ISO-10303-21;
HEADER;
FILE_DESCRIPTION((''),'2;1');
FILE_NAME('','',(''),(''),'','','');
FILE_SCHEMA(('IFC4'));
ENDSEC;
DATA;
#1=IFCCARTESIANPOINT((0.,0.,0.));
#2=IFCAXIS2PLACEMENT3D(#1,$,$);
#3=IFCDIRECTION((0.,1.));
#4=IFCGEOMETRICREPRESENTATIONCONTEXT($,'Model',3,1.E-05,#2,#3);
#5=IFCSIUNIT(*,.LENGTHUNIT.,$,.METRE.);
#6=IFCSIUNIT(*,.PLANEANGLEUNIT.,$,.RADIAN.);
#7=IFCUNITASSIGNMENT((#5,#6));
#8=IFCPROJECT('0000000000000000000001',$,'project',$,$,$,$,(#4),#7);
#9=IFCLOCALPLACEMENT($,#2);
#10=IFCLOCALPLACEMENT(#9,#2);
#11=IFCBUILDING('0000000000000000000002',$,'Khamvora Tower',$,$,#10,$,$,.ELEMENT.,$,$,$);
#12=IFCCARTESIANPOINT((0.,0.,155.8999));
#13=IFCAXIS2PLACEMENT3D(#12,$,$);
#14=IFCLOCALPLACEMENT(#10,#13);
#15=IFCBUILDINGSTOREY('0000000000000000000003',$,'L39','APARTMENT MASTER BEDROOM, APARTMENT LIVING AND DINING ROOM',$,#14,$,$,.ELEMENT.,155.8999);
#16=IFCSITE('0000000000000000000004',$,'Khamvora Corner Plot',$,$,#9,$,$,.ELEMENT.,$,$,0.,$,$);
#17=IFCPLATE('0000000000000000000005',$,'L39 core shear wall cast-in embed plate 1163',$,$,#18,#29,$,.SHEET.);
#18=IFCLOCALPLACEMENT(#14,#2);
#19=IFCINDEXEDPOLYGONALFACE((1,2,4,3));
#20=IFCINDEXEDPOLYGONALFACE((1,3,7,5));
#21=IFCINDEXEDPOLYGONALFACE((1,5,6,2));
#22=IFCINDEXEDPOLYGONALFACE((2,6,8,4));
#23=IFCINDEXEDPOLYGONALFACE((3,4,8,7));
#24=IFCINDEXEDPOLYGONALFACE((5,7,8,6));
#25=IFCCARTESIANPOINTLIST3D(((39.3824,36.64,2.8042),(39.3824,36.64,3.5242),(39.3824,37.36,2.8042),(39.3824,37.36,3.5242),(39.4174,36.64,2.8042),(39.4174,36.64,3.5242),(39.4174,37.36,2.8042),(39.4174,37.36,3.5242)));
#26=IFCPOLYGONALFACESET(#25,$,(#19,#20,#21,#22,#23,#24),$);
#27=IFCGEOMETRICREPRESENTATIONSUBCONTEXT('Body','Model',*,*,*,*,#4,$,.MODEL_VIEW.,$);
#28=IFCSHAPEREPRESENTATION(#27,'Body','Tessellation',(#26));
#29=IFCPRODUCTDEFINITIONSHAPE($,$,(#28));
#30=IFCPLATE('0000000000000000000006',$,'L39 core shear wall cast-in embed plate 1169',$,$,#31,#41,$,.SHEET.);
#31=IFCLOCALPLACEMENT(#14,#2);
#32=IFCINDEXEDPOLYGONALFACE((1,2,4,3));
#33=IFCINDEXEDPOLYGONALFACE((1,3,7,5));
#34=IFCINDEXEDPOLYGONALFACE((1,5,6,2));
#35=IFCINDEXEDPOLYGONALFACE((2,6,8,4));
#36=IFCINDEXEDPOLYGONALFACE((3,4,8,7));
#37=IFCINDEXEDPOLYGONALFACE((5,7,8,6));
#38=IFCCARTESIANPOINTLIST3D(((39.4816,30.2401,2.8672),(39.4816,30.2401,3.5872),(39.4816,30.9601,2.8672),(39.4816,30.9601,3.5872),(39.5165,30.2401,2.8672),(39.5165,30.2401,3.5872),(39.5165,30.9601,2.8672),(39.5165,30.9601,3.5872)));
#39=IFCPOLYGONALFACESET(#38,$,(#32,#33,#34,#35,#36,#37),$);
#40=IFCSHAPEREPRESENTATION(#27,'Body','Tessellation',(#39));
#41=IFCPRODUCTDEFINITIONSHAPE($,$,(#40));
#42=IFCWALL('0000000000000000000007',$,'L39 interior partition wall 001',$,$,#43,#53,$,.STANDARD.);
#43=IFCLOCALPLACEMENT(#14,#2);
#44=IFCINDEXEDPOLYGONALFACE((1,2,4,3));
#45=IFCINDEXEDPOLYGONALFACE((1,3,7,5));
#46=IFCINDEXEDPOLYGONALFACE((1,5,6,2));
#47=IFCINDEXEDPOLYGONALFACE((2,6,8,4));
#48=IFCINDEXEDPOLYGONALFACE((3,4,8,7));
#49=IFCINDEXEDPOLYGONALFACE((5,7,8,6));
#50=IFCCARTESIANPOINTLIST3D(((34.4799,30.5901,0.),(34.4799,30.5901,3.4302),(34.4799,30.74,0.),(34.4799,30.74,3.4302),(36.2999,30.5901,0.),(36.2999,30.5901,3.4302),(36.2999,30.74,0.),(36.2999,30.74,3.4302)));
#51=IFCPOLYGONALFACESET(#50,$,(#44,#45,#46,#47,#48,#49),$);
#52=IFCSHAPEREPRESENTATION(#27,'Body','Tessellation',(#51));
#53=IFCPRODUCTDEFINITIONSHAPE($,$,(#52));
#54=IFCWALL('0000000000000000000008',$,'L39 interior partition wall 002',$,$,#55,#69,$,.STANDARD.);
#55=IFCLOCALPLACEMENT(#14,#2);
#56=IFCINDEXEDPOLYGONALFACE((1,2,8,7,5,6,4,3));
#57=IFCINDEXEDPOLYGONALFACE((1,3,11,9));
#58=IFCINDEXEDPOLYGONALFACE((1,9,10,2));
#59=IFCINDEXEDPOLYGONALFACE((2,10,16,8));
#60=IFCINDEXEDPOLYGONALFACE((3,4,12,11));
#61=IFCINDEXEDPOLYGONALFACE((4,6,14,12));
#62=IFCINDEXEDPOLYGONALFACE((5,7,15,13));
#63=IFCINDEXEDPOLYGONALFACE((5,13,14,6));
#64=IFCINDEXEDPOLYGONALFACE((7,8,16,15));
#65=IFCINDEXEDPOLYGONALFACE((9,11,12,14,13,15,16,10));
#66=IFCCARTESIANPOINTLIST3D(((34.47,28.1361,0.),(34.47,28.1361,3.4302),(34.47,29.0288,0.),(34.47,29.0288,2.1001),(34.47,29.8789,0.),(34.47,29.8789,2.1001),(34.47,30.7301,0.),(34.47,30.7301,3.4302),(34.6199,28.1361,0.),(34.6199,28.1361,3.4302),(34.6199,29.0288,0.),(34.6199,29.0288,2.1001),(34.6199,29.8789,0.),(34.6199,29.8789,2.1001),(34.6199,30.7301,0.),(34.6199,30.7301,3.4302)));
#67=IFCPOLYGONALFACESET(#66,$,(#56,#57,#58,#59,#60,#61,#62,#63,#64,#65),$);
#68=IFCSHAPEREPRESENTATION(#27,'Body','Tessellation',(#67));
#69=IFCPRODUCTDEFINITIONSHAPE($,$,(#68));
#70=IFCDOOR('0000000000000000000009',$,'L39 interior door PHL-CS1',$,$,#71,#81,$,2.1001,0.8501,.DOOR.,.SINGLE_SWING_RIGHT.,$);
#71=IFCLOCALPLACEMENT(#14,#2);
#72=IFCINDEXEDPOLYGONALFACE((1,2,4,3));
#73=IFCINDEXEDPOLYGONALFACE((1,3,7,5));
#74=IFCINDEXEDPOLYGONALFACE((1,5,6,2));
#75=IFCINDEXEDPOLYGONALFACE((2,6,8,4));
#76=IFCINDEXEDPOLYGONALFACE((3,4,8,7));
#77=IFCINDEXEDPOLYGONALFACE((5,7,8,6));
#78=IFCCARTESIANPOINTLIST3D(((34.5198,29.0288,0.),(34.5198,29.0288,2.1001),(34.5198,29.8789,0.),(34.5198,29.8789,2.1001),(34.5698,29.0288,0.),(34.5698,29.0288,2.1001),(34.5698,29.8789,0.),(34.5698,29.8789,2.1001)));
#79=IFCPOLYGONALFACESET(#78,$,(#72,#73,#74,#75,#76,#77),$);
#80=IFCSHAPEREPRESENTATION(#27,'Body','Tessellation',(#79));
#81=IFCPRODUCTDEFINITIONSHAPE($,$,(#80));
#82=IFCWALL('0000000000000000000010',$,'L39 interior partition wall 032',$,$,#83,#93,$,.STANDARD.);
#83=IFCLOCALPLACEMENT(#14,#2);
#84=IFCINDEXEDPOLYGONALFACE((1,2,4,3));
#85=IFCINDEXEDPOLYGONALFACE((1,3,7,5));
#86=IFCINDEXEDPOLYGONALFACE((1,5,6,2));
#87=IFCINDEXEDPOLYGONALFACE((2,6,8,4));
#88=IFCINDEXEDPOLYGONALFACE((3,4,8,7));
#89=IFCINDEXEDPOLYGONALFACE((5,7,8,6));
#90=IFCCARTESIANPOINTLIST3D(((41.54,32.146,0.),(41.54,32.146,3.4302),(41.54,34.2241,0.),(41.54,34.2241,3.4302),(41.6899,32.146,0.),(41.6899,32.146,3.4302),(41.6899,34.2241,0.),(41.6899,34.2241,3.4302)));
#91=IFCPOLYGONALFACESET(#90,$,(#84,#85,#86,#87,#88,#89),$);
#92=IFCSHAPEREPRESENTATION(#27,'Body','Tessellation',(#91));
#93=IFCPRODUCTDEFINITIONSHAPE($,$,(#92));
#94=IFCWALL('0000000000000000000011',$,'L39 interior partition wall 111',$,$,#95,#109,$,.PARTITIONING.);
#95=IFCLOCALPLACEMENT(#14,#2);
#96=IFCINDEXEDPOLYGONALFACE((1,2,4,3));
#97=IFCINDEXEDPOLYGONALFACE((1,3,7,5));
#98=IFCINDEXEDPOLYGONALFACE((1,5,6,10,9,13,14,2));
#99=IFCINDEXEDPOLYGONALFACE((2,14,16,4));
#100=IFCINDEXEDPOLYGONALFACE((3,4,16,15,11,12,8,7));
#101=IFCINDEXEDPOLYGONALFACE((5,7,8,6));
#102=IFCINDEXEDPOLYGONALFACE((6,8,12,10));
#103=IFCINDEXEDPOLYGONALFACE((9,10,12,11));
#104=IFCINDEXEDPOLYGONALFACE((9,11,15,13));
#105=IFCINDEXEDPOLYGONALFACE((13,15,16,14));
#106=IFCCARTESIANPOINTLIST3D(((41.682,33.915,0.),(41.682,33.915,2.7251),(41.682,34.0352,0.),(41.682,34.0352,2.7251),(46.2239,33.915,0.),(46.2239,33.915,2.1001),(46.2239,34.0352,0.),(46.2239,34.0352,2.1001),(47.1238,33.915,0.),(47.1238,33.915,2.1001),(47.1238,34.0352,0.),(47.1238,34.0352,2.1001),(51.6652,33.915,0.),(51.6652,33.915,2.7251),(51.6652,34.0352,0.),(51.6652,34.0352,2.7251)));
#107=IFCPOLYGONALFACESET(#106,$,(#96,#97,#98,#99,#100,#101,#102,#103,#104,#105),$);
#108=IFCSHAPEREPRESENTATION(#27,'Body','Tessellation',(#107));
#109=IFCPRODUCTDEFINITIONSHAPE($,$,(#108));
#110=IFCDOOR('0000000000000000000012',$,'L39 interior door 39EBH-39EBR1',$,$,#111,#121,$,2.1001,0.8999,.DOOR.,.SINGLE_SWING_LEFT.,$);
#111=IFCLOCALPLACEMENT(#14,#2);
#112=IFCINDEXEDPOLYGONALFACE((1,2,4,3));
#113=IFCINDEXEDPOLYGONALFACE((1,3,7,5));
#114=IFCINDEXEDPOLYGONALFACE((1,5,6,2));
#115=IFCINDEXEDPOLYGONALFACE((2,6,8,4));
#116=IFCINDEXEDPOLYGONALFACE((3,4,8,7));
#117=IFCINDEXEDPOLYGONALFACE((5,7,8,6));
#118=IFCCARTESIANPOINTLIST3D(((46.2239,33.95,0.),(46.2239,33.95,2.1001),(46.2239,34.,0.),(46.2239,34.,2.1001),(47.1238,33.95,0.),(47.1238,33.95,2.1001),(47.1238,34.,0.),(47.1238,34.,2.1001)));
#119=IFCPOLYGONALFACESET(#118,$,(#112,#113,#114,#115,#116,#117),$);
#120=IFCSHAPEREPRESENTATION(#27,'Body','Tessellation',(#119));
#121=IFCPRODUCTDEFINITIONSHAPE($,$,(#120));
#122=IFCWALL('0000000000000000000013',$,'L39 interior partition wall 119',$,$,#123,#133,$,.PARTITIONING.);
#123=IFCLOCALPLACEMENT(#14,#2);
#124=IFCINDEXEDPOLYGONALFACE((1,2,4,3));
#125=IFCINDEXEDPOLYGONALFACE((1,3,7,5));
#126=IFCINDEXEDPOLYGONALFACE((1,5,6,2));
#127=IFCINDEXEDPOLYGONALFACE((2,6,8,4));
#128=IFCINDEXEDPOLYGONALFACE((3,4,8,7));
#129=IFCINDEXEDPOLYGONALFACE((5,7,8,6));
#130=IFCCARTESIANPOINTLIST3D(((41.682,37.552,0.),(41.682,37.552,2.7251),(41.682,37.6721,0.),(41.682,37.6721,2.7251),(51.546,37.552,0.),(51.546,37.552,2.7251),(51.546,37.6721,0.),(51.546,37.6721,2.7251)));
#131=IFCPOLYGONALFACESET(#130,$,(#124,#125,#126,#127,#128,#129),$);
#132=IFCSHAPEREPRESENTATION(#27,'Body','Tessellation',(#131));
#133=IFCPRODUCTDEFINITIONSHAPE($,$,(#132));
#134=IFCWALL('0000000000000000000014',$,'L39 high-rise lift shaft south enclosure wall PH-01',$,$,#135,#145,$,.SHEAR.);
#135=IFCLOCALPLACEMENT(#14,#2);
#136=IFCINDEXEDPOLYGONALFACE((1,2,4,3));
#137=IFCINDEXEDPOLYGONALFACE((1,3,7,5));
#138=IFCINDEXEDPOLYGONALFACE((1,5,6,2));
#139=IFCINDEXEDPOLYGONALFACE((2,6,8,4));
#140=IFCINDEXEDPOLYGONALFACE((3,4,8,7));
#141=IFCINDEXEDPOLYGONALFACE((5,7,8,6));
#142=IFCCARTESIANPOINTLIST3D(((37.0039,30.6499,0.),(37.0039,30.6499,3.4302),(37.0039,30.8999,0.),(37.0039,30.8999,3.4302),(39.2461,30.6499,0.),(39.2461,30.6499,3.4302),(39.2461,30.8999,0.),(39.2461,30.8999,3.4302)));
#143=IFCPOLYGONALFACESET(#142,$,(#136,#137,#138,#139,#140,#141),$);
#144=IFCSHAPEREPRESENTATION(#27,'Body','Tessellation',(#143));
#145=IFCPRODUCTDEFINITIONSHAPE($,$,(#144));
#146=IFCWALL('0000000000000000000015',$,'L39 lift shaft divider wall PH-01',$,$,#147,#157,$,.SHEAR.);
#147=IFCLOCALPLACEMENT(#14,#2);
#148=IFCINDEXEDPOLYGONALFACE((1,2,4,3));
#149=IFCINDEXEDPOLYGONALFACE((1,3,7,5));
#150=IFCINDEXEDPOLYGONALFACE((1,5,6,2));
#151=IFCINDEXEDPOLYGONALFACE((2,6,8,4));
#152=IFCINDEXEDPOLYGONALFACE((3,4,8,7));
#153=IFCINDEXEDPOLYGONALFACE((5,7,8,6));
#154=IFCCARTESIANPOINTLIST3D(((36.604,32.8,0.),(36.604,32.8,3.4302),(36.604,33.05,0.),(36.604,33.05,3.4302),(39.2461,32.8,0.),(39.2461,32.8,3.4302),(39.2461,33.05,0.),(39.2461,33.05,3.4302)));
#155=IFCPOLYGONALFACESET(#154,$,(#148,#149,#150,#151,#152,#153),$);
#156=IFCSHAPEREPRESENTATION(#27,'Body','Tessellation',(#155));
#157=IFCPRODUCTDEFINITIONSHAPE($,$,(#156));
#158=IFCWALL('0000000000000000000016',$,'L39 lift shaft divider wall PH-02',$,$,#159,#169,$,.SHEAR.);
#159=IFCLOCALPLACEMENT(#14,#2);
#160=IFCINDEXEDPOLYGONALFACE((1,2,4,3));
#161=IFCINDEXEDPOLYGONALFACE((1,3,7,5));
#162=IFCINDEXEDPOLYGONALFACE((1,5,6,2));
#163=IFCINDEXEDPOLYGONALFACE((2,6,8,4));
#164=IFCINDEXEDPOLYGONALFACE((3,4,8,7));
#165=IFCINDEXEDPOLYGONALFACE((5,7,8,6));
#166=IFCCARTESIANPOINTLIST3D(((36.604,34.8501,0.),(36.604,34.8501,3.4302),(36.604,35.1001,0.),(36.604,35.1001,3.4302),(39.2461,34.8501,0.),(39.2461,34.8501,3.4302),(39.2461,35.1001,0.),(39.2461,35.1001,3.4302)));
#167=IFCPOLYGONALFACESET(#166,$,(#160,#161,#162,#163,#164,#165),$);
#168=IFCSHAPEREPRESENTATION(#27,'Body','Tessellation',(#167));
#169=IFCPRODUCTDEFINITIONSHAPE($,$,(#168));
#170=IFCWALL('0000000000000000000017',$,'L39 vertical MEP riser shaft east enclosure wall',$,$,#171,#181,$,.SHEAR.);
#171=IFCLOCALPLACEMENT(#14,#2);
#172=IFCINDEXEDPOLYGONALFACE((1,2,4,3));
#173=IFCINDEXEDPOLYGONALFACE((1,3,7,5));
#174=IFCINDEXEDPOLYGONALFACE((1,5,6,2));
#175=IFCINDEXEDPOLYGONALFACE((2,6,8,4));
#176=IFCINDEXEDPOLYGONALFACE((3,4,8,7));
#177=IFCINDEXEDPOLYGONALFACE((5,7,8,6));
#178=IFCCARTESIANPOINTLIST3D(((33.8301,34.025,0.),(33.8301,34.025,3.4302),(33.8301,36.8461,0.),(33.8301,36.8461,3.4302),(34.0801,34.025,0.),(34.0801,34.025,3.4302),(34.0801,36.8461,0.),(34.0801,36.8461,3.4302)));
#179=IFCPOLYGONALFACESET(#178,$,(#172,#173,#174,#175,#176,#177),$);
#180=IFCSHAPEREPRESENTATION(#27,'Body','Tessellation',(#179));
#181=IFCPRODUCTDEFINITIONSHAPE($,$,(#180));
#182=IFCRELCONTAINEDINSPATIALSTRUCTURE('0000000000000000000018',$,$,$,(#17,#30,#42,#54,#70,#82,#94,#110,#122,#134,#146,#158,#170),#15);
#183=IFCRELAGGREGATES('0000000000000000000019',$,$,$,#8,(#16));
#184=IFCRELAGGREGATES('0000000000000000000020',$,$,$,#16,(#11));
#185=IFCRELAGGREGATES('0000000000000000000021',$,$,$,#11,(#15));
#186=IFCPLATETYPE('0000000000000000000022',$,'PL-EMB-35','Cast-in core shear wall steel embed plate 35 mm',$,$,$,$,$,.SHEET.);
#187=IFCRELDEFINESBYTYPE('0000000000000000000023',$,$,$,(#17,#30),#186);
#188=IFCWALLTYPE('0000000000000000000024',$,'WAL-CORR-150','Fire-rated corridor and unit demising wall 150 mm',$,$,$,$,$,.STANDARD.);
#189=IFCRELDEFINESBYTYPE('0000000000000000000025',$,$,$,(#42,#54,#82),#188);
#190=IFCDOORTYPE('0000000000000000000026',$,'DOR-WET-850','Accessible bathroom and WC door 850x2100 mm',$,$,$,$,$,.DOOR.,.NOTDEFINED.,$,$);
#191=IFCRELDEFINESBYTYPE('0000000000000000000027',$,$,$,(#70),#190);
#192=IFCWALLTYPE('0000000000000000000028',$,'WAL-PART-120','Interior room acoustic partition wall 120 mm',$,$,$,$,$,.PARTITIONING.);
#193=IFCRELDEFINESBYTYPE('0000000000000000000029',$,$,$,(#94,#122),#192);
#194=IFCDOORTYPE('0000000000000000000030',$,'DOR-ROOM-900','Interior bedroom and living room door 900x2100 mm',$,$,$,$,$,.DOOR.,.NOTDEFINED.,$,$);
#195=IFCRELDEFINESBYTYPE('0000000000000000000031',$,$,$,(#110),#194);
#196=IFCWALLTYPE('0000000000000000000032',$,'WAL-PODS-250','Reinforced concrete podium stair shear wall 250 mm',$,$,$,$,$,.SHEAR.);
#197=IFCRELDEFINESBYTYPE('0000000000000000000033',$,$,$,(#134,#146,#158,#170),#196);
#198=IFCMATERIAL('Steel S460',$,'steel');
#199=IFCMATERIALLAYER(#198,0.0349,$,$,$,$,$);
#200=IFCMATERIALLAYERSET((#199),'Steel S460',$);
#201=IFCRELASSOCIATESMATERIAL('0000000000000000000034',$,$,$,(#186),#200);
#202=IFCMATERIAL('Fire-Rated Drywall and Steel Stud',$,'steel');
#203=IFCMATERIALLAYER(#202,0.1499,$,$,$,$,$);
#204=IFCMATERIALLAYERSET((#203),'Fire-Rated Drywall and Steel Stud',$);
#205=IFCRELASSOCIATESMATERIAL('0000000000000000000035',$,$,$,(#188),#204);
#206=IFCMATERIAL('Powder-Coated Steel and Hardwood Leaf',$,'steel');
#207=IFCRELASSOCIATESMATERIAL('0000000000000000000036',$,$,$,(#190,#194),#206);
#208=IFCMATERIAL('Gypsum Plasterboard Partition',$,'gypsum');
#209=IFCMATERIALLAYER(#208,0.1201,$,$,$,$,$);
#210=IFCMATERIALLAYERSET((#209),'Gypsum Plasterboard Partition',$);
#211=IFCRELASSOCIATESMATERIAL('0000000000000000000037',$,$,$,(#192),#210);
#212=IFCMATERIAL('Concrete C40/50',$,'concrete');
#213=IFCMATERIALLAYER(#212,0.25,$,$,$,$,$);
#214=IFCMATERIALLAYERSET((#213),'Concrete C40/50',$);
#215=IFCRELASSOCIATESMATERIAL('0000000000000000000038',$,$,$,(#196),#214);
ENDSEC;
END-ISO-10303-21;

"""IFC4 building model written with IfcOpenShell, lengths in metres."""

from ifc_helpers import new_model, si_unit, direction, frame, frame_2d, origin, origin_2d, place, context, subcontext, project, spatial, rectangle, extrude, material, layer, layer_set, type_object, element, fill, save


model = new_model("IFC4")

# Units and contexts
model_context = context("Model", 3, precision=1e-05, world=origin(), true_north=direction((0.0, 1.0)))
body_context = subcontext(model_context, "Body", "Model", "MODEL_VIEW")
ifc_project = project(units=[si_unit("LENGTHUNIT", "METRE"), si_unit("PLANEANGLEUNIT", "RADIAN")], contexts=[model_context])

# Site, building, storey
site_placement = place(None, origin())
site = spatial("IfcSite", under=ifc_project, at=site_placement, Name="Khamvora Corner Plot", CompositionType="ELEMENT", RefElevation=0.0)
building_placement = place(site_placement, origin())
building = spatial("IfcBuilding", under=site, at=building_placement, Name="Khamvora Tower", CompositionType="ELEMENT")
storey_placement = place(building_placement, frame((0.0, 0.0, 155.8999)))
storey = spatial("IfcBuildingStorey", under=building, at=storey_placement, Name="L39", Description="APARTMENT MASTER BEDROOM, APARTMENT LIVING AND DINING ROOM", CompositionType="ELEMENT", Elevation=155.8999)

# Shared definitions
ifc_material_1 = material(Name="Steel S460", Category="steel")

# Plates
ifc_layer_1 = layer(ifc_material_1, 0.0349)
ifc_layer_set_1 = layer_set([ifc_layer_1], Name="Steel S460")
plate_type = type_object("IfcPlateType", Name="PL-EMB-35", Description="Cast-in core shear wall steel embed plate 35 mm", PredefinedType="SHEET", material=ifc_layer_set_1)
for number, where, z_axis, x_axis, name in (
    (1, (39.3999, 37.0, 2.8042), (0.0, 0.0, 1.0), (1.0, 0.0, 0.0), "L39 core shear wall cast-in embed plate 1163"),
    (2, (39.499, 30.6001, 2.8672), (0.0, 0.0, 1.0), (1.0, 0.0, 0.0), "L39 core shear wall cast-in embed plate 1169"),
):
    element("IfcPlate", number, at=place(storey_placement, frame(where, z_axis=z_axis, x_axis=x_axis)), inside=storey, type_object=plate_type, Name=name, PredefinedType="SHEET", context=body_context, shape_type="SweptSolid", body=[
        extrude(rectangle(XDim=0.0349, YDim=0.72, at=origin_2d()), origin(), (0.0, 0.0, 1.0), 0.72),
    ])

# Shared definitions
ifc_material_2 = material(Name="Powder-Coated Steel and Hardwood Leaf", Category="steel")

# Wall
ifc_material_3 = material(Name="Fire-Rated Drywall and Steel Stud", Category="steel")
ifc_layer_2 = layer(ifc_material_3, 0.1499)
ifc_layer_set_2 = layer_set([ifc_layer_2], Name="Fire-Rated Drywall and Steel Stud")
wall_type_1 = type_object("IfcWallType", Name="WAL-CORR-150", Description="Fire-rated corridor and unit demising wall 150 mm", PredefinedType="STANDARD", material=ifc_layer_set_2)
wall_1_placement = place(storey_placement, frame((36.3, 30.665, 0.0), z_axis=(0.0, 0.0, 1.0), x_axis=(-1.0, 0.0, 0.0)))
element("IfcWall", 3, at=wall_1_placement, inside=storey, type_object=wall_type_1, Name="L39 interior partition wall 001", PredefinedType="STANDARD", context=body_context, shape_type="SweptSolid", body=[
    extrude(rectangle(XDim=1.8201, YDim=0.1499, at=frame_2d((0.9102, 0.0))), origin(), (0.0, 0.0, 1.0), 3.4302),
])

# Wall, opening, door
wall_2_placement = place(storey_placement, frame((34.5449, 30.73, 0.0), z_axis=(0.0, 0.0, 1.0), x_axis=(0.0, -1.0, 0.0)))
wall_2 = element("IfcWall", 4, at=wall_2_placement, inside=storey, type_object=wall_type_1, Name="L39 interior partition wall 002", PredefinedType="STANDARD", context=body_context, shape_type="SweptSolid", body=[
    extrude(rectangle(XDim=2.594, YDim=0.1499, at=frame_2d((1.2969, 0.0))), origin(), (0.0, 0.0, 1.0), 3.4302),
])
opening_1_placement = place(wall_2_placement, frame((0.8511, 0.0, 0.0)))
opening_1 = element("IfcOpeningElement", 5, at=opening_1_placement, cuts=wall_2, PredefinedType="OPENING", context=body_context, shape_type="SweptSolid", body=[
    extrude(rectangle(XDim=0.8501, YDim=2.1001, at=frame_2d((0.425, 1.05))), frame((0.0, 0.085, 0.0), z_axis=(0.0, -1.0, 0.0), x_axis=(1.0, 0.0, 0.0)), (0.0, 0.0, 1.0), 0.1699),
])
door_type_1 = type_object("IfcDoorType", Name="DOR-WET-850", Description="Accessible bathroom and WC door 850x2100 mm", OperationType="NOTDEFINED", PredefinedType="DOOR", material=ifc_material_2)
door_1_placement = place(opening_1_placement, origin())
door_1 = element("IfcDoor", 6, at=door_1_placement, inside=storey, type_object=door_type_1, Name="L39 interior door PHL-CS1", OperationType="SINGLE_SWING_RIGHT", OverallHeight=2.1001, OverallWidth=0.8501, PredefinedType="DOOR", context=body_context, shape_type="SweptSolid", body=[
    extrude(rectangle(XDim=0.8501, YDim=2.1001, at=frame_2d((0.425, 1.05))), frame((0.0, 0.0249, 0.0), z_axis=(0.0, -1.0, 0.0), x_axis=(1.0, 0.0, 0.0)), (0.0, 0.0, 1.0), 0.05),
])
fill(opening_1, door_1)

# Wall
wall_3_placement = place(storey_placement, frame((41.615, 34.2241, 0.0), z_axis=(0.0, 0.0, 1.0), x_axis=(0.0, -1.0, 0.0)))
element("IfcWall", 7, at=wall_3_placement, inside=storey, type_object=wall_type_1, Name="L39 interior partition wall 032", PredefinedType="STANDARD", context=body_context, shape_type="SweptSolid", body=[
    extrude(rectangle(XDim=2.0781, YDim=0.1499, at=frame_2d((1.0391, 0.0))), origin(), (0.0, 0.0, 1.0), 3.4302),
])

# Wall, opening, door
ifc_material_4 = material(Name="Gypsum Plasterboard Partition", Category="gypsum")
ifc_layer_3 = layer(ifc_material_4, 0.1201)
ifc_layer_set_3 = layer_set([ifc_layer_3], Name="Gypsum Plasterboard Partition")
wall_type_2 = type_object("IfcWallType", Name="WAL-PART-120", Description="Interior room acoustic partition wall 120 mm", PredefinedType="PARTITIONING", material=ifc_layer_set_3)
wall_4_placement = place(storey_placement, frame((41.6819, 33.9751, 0.0), z_axis=(0.0, 0.0, 1.0), x_axis=(1.0, 0.0, 0.0)))
wall_4 = element("IfcWall", 8, at=wall_4_placement, inside=storey, type_object=wall_type_2, Name="L39 interior partition wall 111", PredefinedType="PARTITIONING", context=body_context, shape_type="SweptSolid", body=[
    extrude(rectangle(XDim=9.9832, YDim=0.1201, at=frame_2d((4.9917, 0.0))), origin(), (0.0, 0.0, 1.0), 2.7251),
])
opening_2_placement = place(wall_4_placement, frame((4.542, 0.0, 0.0)))
opening_2 = element("IfcOpeningElement", 9, at=opening_2_placement, cuts=wall_4, PredefinedType="OPENING", context=body_context, shape_type="SweptSolid", body=[
    extrude(rectangle(XDim=0.8999, YDim=2.1001, at=frame_2d((0.45, 1.05))), frame((0.0, 0.0701, 0.0), z_axis=(0.0, -1.0, 0.0), x_axis=(1.0, 0.0, 0.0)), (0.0, 0.0, 1.0), 0.1401),
])
door_type_2 = type_object("IfcDoorType", Name="DOR-ROOM-900", Description="Interior bedroom and living room door 900x2100 mm", OperationType="NOTDEFINED", PredefinedType="DOOR", material=ifc_material_2)
door_2_placement = place(opening_2_placement, origin())
door_2 = element("IfcDoor", 10, at=door_2_placement, inside=storey, type_object=door_type_2, Name="L39 interior door 39EBH-39EBR1", OperationType="SINGLE_SWING_LEFT", OverallHeight=2.1001, OverallWidth=0.8999, PredefinedType="DOOR", context=body_context, shape_type="SweptSolid", body=[
    extrude(rectangle(XDim=0.8999, YDim=2.1001, at=frame_2d((0.45, 1.05))), frame((0.0, 0.0249, 0.0), z_axis=(0.0, -1.0, 0.0), x_axis=(1.0, 0.0, 0.0)), (0.0, 0.0, 1.0), 0.05),
])
fill(opening_2, door_2)

# Walls
wall_5_placement = place(storey_placement, frame((41.6819, 37.6121, 0.0), z_axis=(0.0, 0.0, 1.0), x_axis=(1.0, 0.0, 0.0)))
element("IfcWall", 11, at=wall_5_placement, inside=storey, type_object=wall_type_2, Name="L39 interior partition wall 119", PredefinedType="PARTITIONING", context=body_context, shape_type="SweptSolid", body=[
    extrude(rectangle(XDim=9.864, YDim=0.1201, at=frame_2d((4.9321, 0.0))), origin(), (0.0, 0.0, 1.0), 2.7251),
])
ifc_material_5 = material(Name="Concrete C40/50", Category="concrete")
ifc_layer_4 = layer(ifc_material_5, 0.25)
ifc_layer_set_4 = layer_set([ifc_layer_4], Name="Concrete C40/50")
wall_type_3 = type_object("IfcWallType", Name="WAL-PODS-250", Description="Reinforced concrete podium stair shear wall 250 mm", PredefinedType="SHEAR", material=ifc_layer_set_4)
wall_6_placement = place(storey_placement, frame((37.0039, 30.7749, 0.0), z_axis=(0.0, 0.0, 1.0), x_axis=(1.0, 0.0, 0.0)))
element("IfcWall", 12, at=wall_6_placement, inside=storey, type_object=wall_type_3, Name="L39 high-rise lift shaft south enclosure wall PH-01", PredefinedType="SHEAR", context=body_context, shape_type="SweptSolid", body=[
    extrude(rectangle(XDim=2.2422, YDim=0.25, at=frame_2d((1.1211, 0.0))), origin(), (0.0, 0.0, 1.0), 3.4302),
])
for number, where, z_axis, x_axis, name in (
    (13, (36.604, 32.925, 0.0), (0.0, 0.0, 1.0), (1.0, 0.0, 0.0), "L39 lift shaft divider wall PH-01"),
    (14, (36.604, 34.9751, 0.0), (0.0, 0.0, 1.0), (1.0, 0.0, 0.0), "L39 lift shaft divider wall PH-02"),
):
    element("IfcWall", number, at=place(storey_placement, frame(where, z_axis=z_axis, x_axis=x_axis)), inside=storey, type_object=wall_type_3, Name=name, PredefinedType="SHEAR", context=body_context, shape_type="SweptSolid", body=[
        extrude(rectangle(XDim=2.6421, YDim=0.25, at=frame_2d((1.321, 0.0))), origin(), (0.0, 0.0, 1.0), 3.4302),
    ])
wall_7_placement = place(storey_placement, frame((33.9551, 34.0249, 0.0), z_axis=(0.0, 0.0, 1.0), x_axis=(0.0, 1.0, 0.0)))
element("IfcWall", 15, at=wall_7_placement, inside=storey, type_object=wall_type_3, Name="L39 vertical MEP riser shaft east enclosure wall", PredefinedType="SHEAR", context=body_context, shape_type="SweptSolid", body=[
    extrude(rectangle(XDim=2.821, YDim=0.25, at=frame_2d((1.4106, 0.0))), origin(), (0.0, 0.0, 1.0), 3.4302),
])

save(model, "model.ifc")
